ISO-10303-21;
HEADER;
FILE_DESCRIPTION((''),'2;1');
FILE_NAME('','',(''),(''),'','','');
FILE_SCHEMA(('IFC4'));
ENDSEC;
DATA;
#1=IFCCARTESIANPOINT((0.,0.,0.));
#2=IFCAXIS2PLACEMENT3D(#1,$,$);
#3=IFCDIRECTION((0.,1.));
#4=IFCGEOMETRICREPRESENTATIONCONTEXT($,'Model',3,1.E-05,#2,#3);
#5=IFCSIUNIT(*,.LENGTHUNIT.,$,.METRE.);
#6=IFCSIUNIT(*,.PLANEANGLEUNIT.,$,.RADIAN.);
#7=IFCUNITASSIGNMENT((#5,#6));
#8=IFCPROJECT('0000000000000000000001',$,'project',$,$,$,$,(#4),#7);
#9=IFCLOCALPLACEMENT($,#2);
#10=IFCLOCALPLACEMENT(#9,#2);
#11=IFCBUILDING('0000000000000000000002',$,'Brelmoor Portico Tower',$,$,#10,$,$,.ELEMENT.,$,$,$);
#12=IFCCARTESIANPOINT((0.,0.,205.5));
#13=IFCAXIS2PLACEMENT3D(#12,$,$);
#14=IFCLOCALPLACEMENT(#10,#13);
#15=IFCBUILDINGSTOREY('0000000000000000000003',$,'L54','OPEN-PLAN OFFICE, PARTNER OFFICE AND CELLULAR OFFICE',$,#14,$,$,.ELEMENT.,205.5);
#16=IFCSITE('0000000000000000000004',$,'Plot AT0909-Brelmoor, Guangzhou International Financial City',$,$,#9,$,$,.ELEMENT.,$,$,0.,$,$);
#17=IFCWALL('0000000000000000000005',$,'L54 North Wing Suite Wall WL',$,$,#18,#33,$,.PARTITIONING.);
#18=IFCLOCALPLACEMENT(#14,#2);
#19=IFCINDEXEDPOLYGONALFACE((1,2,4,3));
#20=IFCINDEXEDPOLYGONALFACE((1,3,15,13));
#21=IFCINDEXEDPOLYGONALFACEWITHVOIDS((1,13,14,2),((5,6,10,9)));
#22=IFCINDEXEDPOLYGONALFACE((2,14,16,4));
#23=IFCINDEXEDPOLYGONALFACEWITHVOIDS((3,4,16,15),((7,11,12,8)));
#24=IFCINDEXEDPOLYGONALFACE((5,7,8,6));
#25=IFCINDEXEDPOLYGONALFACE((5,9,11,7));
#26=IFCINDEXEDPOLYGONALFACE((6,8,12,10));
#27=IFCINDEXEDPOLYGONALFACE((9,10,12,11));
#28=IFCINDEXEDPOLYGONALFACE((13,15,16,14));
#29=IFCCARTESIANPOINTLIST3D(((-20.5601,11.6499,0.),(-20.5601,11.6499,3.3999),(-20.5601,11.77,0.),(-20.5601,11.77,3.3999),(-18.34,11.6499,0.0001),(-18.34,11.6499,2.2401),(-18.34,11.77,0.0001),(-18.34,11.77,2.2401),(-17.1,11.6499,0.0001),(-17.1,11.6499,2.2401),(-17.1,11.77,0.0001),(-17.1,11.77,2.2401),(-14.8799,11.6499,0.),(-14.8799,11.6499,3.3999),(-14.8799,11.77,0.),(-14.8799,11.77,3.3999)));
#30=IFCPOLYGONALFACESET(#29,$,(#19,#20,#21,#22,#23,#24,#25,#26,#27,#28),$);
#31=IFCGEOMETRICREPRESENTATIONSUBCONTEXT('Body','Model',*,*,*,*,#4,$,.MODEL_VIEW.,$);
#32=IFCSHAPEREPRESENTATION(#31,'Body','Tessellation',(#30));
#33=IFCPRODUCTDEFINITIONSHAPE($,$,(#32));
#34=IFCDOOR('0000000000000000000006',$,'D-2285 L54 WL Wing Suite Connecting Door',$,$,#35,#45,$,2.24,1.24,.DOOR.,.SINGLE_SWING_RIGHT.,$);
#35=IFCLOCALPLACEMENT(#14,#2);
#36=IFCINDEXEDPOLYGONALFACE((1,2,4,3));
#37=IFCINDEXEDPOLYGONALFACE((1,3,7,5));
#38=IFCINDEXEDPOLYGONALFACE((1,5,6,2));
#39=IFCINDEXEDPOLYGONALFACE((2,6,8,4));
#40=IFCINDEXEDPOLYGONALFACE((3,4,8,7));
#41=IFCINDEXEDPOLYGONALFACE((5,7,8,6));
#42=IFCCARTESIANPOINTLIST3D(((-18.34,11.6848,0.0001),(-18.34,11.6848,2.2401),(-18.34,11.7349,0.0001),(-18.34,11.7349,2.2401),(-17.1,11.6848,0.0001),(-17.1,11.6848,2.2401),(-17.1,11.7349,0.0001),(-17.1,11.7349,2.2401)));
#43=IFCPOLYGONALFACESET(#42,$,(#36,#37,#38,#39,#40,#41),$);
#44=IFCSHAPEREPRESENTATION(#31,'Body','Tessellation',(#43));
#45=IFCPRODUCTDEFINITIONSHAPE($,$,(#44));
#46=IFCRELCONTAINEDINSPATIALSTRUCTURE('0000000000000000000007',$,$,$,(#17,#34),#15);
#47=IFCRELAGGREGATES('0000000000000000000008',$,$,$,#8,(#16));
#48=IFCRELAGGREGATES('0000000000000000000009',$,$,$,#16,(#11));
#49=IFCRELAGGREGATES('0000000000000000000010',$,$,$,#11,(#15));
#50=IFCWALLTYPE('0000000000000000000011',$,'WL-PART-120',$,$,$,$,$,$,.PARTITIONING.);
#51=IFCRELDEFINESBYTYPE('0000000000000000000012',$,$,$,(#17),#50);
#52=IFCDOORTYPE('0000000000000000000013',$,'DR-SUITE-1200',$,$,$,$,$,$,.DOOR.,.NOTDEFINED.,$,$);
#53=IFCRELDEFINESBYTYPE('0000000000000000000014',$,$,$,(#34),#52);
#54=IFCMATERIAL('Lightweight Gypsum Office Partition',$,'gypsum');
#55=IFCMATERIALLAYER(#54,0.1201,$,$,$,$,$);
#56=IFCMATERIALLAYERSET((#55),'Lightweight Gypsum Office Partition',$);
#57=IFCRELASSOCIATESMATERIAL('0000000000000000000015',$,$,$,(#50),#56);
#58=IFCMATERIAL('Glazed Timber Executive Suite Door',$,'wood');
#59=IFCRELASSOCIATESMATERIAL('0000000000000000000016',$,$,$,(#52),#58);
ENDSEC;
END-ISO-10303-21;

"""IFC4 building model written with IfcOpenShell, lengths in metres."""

from ifc_helpers import new_model, si_unit, direction, frame, frame_2d, origin, place, context, subcontext, project, spatial, rectangle, extrude, material, layer, layer_set, type_object, element, fill, save


model = new_model("IFC4")

# Units and contexts
model_context = context("Model", 3, precision=1e-05, world=origin(), true_north=direction((0.0, 1.0)))
body_context = subcontext(model_context, "Body", "Model", "MODEL_VIEW")
ifc_project = project(units=[si_unit("LENGTHUNIT", "METRE"), si_unit("PLANEANGLEUNIT", "RADIAN")], contexts=[model_context])

# Site, building, storey
site_placement = place(None, origin())
site = spatial("IfcSite", under=ifc_project, at=site_placement, Name="Plot AT0909-Brelmoor, Guangzhou International Financial City", CompositionType="ELEMENT", RefElevation=0.0)
building_placement = place(site_placement, origin())
building = spatial("IfcBuilding", under=site, at=building_placement, Name="Brelmoor Portico Tower", CompositionType="ELEMENT")
storey_placement = place(building_placement, frame((0.0, 0.0, 205.5)))
storey = spatial("IfcBuildingStorey", under=building, at=storey_placement, Name="L54", Description="OPEN-PLAN OFFICE, PARTNER OFFICE AND CELLULAR OFFICE", CompositionType="ELEMENT", Elevation=205.5)

# Wall, opening, door
ifc_material_1 = material(Name="Lightweight Gypsum Office Partition", Category="gypsum")
ifc_layer_1 = layer(ifc_material_1, 0.1201)
ifc_layer_set_1 = layer_set([ifc_layer_1], Name="Lightweight Gypsum Office Partition")
wall_type = type_object("IfcWallType", Name="WL-PART-120", PredefinedType="PARTITIONING", material=ifc_layer_set_1)
wall_placement = place(storey_placement, frame((-20.5601, 11.71, 0.0), z_axis=(0.0, 0.0, 1.0), x_axis=(1.0, 0.0, 0.0)))
wall = element("IfcWall", 1, at=wall_placement, inside=storey, type_object=wall_type, Name="L54 North Wing Suite Wall WL", PredefinedType="PARTITIONING", context=body_context, shape_type="SweptSolid", body=[
    extrude(rectangle(XDim=5.6802, YDim=0.1201, at=frame_2d((2.8401, 0.0))), origin(), (0.0, 0.0, 1.0), 3.3999),
])
opening_placement = place(wall_placement, frame((2.22, 0.0, 0.0)))
opening = element("IfcOpeningElement", 2, at=opening_placement, cuts=wall, PredefinedType="OPENING", context=body_context, shape_type="SweptSolid", body=[
    extrude(rectangle(XDim=1.24, YDim=2.24, at=frame_2d((0.6201, 1.1201))), frame((0.0, 0.0701, 0.0), z_axis=(0.0, -1.0, 0.0), x_axis=(1.0, 0.0, 0.0)), (0.0, 0.0, 1.0), 0.1401),
])
ifc_material_2 = material(Name="Glazed Timber Executive Suite Door", Category="wood")
door_type = type_object("IfcDoorType", Name="DR-SUITE-1200", OperationType="NOTDEFINED", PredefinedType="DOOR", material=ifc_material_2)
door_placement = place(opening_placement, origin())
door = element("IfcDoor", 3, at=door_placement, inside=storey, type_object=door_type, Name="D-2285 L54 WL Wing Suite Connecting Door", OperationType="SINGLE_SWING_RIGHT", OverallHeight=2.24, OverallWidth=1.24, PredefinedType="DOOR", context=body_context, shape_type="SweptSolid", body=[
    extrude(rectangle(XDim=1.24, YDim=2.24, at=frame_2d((0.6201, 1.1201))), frame((0.0, 0.0249, 0.0), z_axis=(0.0, -1.0, 0.0), x_axis=(1.0, 0.0, 0.0)), (0.0, 0.0, 1.0), 0.05),
])
fill(opening, door)

save(model, "model.ifc")
